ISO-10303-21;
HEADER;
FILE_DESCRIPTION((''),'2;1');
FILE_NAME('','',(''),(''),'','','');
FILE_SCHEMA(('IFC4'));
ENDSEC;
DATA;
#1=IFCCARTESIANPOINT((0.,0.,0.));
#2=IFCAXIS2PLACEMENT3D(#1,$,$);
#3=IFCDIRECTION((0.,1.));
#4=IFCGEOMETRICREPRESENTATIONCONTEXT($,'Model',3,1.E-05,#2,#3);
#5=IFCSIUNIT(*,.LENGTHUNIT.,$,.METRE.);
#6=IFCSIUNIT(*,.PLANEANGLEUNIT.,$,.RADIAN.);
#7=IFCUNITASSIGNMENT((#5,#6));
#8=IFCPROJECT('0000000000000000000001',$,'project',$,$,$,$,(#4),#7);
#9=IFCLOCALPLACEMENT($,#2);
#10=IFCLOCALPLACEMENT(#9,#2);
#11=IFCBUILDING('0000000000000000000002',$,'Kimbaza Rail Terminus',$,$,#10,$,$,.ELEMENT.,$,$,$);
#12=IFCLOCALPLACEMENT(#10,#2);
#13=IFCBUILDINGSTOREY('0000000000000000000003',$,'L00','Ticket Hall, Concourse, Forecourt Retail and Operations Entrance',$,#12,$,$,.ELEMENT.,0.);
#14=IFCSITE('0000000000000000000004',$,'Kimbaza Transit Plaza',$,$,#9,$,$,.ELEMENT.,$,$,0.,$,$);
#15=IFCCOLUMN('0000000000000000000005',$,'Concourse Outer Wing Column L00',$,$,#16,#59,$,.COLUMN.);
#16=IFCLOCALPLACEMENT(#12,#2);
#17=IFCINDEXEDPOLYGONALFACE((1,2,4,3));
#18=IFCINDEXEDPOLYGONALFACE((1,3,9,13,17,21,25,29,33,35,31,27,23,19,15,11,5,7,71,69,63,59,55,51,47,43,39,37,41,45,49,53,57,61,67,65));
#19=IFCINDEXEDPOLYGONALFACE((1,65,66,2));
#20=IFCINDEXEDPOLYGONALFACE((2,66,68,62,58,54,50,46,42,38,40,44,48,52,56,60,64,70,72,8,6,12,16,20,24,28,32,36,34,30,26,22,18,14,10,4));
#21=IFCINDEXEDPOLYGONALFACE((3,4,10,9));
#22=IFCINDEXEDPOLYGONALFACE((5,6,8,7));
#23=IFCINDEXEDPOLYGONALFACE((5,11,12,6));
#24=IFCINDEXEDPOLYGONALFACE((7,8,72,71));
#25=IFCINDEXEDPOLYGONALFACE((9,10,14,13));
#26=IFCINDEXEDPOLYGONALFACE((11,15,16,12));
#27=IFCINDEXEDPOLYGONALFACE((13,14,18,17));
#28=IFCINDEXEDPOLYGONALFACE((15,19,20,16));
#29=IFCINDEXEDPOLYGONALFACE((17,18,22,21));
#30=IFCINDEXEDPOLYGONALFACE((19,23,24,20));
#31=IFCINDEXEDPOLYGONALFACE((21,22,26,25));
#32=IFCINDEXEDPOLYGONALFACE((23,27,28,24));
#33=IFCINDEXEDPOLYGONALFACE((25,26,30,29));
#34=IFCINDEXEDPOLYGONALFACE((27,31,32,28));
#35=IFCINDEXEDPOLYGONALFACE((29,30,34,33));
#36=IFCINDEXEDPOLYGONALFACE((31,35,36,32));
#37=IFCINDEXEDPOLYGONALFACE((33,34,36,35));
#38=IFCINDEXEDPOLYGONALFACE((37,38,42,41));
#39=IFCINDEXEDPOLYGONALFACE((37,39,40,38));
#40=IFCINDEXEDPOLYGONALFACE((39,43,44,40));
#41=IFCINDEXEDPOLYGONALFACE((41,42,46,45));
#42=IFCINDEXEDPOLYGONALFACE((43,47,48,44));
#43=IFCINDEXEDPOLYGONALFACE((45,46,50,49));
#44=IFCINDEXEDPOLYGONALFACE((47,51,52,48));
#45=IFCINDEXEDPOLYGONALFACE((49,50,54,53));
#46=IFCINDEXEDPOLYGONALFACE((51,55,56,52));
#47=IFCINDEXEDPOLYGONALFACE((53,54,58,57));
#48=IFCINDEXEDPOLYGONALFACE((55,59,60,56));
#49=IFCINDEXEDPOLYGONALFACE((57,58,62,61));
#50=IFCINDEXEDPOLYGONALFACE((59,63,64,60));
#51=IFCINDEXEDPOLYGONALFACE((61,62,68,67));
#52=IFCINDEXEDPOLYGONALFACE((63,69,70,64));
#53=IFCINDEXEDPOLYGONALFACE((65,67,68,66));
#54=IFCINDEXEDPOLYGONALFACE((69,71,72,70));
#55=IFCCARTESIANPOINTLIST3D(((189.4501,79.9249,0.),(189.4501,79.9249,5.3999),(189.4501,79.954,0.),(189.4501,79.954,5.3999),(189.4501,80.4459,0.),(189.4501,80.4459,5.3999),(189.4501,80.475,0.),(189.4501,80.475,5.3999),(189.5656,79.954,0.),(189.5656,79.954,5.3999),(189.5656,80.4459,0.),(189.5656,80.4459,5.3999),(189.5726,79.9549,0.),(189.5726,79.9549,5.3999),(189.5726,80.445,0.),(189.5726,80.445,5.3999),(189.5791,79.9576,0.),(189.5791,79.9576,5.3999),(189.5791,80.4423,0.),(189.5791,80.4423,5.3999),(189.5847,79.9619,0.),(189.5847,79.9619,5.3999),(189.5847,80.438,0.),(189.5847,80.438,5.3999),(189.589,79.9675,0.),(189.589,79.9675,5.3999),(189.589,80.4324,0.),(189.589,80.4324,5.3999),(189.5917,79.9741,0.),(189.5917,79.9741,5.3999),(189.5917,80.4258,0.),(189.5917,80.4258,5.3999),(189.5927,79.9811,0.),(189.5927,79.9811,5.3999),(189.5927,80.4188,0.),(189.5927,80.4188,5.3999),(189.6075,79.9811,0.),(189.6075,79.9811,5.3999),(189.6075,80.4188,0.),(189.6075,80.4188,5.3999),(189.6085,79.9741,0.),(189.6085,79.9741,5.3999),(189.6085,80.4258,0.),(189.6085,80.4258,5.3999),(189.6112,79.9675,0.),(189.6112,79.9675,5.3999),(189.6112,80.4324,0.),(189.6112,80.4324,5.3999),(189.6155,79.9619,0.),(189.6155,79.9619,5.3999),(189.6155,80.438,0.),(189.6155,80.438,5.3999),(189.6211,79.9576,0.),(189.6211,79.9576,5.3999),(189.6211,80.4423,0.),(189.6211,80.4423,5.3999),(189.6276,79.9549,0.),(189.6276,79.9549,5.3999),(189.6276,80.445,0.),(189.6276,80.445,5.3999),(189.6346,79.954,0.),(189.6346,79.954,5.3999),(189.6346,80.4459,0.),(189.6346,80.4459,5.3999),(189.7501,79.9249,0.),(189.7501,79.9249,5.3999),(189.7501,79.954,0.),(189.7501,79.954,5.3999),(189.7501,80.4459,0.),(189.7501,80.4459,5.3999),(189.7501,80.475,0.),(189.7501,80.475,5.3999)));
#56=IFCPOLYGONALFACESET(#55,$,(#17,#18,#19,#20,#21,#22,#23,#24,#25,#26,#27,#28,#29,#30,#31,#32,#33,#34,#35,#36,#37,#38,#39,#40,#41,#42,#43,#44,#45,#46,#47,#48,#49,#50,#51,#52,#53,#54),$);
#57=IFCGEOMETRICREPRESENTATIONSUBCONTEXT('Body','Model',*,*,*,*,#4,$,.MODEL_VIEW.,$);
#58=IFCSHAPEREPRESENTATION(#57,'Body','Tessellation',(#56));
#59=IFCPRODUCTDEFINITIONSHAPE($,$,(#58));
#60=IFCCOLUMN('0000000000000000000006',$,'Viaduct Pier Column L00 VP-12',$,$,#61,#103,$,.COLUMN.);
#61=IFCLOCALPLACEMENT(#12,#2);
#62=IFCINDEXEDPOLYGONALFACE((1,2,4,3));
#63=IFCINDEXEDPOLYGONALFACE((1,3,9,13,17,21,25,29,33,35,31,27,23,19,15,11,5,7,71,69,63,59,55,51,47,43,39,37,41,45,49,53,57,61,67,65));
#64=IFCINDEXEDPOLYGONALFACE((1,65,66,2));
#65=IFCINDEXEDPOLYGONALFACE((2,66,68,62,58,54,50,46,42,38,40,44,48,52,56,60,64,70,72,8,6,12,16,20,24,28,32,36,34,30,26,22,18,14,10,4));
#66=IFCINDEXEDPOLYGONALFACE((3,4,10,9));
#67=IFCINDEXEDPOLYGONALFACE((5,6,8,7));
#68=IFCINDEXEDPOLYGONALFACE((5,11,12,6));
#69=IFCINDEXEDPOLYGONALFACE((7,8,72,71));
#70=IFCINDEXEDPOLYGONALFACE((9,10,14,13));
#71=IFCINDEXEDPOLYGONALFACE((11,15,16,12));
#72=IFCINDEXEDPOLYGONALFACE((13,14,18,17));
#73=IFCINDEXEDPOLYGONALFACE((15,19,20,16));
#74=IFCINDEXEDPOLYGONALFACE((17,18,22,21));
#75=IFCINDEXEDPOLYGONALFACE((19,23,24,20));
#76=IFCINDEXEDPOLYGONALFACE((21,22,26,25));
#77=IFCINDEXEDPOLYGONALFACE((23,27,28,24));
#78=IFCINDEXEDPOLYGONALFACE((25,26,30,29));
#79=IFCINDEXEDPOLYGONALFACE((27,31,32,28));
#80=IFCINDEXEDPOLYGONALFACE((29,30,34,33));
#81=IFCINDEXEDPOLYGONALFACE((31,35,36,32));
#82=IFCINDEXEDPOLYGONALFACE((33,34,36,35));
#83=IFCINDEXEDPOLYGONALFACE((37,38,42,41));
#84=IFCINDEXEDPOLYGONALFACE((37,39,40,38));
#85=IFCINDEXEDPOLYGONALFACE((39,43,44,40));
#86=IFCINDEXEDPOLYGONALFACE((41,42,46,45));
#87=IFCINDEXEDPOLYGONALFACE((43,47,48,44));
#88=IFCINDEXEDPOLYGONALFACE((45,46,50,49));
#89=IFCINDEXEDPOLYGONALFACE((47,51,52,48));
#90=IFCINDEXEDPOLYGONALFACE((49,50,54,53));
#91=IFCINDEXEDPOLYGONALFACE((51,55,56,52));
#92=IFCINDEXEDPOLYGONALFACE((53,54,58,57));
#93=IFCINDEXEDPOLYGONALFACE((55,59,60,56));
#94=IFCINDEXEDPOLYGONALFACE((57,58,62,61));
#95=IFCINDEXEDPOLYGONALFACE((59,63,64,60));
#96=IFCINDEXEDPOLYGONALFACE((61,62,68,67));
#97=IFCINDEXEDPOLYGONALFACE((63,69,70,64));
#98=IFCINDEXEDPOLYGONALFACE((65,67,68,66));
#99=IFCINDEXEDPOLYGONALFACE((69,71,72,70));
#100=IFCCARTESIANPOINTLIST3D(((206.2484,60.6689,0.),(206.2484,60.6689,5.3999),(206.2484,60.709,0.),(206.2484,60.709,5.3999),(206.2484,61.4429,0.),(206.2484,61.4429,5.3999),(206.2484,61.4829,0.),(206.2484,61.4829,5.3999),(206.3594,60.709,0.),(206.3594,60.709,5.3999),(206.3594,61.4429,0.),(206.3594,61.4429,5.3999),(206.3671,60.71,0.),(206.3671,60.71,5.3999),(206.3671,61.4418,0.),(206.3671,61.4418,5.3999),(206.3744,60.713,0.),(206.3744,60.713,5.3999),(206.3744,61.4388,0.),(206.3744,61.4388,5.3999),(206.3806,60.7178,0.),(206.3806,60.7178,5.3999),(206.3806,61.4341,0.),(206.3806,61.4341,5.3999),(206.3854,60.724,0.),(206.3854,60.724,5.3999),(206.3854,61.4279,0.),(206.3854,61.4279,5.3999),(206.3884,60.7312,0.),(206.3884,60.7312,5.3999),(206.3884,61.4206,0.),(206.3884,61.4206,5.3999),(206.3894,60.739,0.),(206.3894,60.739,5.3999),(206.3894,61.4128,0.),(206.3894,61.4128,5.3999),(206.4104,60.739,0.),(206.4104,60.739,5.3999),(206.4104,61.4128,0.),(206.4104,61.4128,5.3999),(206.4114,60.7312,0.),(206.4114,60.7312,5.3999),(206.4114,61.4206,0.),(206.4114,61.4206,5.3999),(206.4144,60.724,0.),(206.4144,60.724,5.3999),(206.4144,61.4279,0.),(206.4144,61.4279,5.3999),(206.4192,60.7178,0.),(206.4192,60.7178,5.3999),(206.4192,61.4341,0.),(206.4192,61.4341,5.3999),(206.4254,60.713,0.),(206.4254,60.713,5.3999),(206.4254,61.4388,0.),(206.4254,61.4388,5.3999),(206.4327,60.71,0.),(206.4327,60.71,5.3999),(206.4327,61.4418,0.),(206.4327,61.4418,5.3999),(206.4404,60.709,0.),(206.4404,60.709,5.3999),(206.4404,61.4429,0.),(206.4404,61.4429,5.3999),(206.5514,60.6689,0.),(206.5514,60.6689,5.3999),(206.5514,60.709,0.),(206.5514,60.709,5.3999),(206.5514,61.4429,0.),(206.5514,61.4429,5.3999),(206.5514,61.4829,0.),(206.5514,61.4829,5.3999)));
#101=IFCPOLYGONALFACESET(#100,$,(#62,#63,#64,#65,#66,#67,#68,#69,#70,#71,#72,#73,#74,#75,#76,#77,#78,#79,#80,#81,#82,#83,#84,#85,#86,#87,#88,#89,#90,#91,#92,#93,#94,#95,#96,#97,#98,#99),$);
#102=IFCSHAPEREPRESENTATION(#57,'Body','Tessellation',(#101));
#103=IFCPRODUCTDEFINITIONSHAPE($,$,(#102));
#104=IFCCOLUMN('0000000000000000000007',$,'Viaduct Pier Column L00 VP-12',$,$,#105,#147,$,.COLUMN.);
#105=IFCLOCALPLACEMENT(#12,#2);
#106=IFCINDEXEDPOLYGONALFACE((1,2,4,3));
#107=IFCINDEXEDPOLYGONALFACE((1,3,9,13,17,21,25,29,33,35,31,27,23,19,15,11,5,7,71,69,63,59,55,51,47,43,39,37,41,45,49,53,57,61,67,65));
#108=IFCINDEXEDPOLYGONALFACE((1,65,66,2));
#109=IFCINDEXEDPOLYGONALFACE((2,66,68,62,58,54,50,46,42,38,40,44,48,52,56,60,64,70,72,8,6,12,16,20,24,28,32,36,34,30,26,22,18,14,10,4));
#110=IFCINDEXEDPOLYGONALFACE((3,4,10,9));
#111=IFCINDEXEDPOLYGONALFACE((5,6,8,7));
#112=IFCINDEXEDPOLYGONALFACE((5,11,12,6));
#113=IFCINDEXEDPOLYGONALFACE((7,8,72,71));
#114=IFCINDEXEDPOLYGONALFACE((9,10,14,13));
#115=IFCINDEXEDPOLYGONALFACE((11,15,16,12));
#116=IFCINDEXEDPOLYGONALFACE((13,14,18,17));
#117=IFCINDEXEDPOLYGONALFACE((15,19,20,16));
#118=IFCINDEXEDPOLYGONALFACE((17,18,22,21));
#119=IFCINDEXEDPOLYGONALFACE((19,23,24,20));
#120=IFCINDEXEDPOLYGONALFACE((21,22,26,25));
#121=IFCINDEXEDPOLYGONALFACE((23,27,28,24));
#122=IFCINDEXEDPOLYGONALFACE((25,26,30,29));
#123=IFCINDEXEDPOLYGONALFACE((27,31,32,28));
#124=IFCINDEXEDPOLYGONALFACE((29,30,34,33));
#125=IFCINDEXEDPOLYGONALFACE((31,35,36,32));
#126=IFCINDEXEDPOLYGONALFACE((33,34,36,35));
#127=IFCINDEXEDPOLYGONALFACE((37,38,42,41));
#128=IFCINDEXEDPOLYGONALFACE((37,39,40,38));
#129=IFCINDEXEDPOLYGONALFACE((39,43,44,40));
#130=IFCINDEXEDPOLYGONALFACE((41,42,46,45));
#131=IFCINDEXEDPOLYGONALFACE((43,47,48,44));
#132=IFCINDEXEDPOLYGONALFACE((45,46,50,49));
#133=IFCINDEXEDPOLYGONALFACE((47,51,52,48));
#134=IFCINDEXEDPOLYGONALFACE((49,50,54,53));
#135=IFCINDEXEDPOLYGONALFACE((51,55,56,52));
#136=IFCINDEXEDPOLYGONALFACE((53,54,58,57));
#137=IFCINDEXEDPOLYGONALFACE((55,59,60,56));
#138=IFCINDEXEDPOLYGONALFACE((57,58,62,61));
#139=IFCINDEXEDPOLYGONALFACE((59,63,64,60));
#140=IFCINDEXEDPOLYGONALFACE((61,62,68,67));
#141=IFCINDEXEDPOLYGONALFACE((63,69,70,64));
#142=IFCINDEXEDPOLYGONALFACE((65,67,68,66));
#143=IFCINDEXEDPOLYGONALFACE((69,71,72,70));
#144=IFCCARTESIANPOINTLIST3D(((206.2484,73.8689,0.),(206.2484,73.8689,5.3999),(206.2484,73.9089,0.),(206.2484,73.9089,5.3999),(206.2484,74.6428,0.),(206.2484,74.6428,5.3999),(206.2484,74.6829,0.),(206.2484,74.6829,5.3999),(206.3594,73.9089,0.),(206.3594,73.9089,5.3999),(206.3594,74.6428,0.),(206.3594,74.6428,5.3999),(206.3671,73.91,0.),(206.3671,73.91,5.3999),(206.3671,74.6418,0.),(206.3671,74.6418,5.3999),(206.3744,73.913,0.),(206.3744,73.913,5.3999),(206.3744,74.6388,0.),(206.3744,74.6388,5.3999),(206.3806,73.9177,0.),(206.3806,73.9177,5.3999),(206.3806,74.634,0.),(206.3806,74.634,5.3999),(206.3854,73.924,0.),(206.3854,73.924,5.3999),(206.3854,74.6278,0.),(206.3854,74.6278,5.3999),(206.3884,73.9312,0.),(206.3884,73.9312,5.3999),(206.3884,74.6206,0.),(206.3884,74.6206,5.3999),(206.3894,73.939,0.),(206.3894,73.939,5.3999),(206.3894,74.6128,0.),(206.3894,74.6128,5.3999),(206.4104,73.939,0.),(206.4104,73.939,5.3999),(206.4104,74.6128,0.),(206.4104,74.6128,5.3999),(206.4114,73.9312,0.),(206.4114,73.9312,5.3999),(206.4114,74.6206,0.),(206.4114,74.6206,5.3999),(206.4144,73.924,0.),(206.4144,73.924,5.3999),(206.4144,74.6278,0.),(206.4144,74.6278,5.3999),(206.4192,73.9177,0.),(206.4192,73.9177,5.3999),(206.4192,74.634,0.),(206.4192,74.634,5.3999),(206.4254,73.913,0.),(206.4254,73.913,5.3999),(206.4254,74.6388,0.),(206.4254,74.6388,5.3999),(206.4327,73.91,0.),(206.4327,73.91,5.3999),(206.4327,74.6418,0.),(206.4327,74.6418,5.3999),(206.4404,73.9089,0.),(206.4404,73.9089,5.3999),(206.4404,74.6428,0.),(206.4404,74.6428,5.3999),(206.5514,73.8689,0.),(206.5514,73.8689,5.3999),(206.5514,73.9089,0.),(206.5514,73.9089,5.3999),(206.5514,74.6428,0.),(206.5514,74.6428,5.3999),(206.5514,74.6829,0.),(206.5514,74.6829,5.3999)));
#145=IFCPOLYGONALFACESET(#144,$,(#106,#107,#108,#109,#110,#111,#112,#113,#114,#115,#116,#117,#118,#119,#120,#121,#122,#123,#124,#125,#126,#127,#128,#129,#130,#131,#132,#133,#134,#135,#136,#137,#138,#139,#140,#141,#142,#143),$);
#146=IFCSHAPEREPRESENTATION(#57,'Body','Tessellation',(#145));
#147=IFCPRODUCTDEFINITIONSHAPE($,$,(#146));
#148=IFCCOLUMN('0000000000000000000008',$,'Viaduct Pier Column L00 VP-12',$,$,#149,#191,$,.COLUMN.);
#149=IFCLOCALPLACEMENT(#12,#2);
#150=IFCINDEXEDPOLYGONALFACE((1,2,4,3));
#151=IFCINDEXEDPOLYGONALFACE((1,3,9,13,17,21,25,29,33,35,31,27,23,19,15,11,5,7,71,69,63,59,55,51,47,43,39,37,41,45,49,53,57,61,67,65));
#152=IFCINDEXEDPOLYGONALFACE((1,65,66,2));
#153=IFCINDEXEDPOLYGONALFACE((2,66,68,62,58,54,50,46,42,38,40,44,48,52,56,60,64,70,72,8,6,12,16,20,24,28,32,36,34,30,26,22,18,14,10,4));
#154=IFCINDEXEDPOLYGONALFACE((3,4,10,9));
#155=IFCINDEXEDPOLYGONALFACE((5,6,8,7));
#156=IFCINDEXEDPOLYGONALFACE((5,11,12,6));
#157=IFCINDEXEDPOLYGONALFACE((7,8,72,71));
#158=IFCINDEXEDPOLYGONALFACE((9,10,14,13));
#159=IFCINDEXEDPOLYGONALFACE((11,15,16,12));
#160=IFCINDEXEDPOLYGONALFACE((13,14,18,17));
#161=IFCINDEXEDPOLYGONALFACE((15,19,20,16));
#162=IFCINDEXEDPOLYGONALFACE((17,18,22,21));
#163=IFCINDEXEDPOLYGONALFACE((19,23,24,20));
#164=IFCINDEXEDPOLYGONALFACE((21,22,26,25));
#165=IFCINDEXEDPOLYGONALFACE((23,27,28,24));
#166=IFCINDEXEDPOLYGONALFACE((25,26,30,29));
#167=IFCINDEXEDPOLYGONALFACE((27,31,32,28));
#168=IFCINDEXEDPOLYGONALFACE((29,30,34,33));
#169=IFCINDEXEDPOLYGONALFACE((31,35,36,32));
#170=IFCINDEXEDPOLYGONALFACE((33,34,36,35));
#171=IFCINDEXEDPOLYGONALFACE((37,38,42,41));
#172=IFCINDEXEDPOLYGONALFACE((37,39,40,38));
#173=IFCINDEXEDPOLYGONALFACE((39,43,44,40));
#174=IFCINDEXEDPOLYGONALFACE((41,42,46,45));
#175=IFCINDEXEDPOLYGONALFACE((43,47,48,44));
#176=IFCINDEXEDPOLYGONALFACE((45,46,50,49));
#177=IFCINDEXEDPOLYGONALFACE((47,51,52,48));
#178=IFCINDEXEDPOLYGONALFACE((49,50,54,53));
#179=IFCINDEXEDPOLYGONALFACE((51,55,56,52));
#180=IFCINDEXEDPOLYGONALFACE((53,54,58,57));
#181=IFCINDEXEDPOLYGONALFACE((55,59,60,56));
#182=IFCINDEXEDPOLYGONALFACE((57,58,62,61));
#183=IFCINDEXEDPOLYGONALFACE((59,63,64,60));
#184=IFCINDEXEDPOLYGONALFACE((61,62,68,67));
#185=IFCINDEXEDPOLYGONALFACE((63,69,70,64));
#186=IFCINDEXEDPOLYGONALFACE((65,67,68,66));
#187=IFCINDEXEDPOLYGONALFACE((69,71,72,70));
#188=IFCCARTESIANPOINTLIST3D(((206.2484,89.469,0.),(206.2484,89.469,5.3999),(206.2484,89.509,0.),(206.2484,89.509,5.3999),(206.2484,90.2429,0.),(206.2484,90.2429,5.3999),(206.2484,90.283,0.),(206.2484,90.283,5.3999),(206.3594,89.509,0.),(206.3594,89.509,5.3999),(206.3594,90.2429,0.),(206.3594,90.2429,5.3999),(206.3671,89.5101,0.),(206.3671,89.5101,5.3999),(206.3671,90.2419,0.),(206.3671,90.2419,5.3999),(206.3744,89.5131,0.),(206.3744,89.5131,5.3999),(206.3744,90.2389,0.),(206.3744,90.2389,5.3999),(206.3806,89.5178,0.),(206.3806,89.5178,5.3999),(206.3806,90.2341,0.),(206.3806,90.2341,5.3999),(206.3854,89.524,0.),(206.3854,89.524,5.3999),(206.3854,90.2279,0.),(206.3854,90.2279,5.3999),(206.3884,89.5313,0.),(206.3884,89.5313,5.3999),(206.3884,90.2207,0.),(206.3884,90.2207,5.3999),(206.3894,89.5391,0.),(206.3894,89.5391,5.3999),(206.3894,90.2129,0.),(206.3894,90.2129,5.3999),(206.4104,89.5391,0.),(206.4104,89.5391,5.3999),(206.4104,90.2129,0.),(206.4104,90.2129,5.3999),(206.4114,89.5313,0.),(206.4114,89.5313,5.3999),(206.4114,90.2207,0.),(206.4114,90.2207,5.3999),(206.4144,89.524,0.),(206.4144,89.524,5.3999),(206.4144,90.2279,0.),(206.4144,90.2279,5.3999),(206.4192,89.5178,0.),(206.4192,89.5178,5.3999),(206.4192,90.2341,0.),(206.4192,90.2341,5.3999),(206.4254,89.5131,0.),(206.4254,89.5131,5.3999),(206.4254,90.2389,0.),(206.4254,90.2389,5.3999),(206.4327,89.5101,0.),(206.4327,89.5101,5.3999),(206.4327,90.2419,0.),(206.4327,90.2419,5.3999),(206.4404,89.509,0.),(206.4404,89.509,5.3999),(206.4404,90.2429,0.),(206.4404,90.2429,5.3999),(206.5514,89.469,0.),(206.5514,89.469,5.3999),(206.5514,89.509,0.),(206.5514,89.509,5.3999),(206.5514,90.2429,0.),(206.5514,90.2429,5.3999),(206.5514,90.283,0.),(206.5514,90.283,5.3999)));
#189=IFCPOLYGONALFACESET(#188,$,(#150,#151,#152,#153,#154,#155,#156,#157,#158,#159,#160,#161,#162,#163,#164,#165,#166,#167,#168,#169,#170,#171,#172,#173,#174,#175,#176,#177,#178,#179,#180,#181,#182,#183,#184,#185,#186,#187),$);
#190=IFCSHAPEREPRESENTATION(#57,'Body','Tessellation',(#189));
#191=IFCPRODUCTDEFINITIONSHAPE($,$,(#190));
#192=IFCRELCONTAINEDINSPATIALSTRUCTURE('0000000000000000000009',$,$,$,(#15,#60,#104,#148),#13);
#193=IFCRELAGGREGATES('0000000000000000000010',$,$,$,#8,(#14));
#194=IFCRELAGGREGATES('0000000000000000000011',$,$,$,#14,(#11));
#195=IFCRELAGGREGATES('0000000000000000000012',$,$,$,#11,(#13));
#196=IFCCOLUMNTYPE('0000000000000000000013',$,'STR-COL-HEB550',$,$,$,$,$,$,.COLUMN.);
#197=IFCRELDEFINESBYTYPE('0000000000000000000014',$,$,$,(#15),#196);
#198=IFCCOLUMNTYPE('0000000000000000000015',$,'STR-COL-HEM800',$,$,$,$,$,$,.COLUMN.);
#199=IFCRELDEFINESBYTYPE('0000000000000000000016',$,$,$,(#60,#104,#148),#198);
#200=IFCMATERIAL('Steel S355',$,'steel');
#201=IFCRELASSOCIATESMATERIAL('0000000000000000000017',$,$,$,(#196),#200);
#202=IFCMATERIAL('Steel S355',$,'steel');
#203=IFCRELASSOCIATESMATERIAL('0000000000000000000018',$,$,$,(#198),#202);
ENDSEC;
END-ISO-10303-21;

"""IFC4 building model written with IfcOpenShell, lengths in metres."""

from ifc_helpers import new_model, si_unit, direction, frame, origin, origin_2d, place, context, subcontext, project, spatial, i_section, extrude, material, material_profile, profile_set, type_object, element, save


model = new_model("IFC4")

# Units and contexts
model_context = context("Model", 3, precision=1e-05, world=origin(), true_north=direction((0.0, 1.0)))
body_context = subcontext(model_context, "Body", "Model", "MODEL_VIEW")
ifc_project = project(units=[si_unit("LENGTHUNIT", "METRE"), si_unit("PLANEANGLEUNIT", "RADIAN")], contexts=[model_context])

# Site, building, storey
site_placement = place(None, origin())
site = spatial("IfcSite", under=ifc_project, at=site_placement, Name="Kimbaza Transit Plaza", CompositionType="ELEMENT", RefElevation=0.0)
building_placement = place(site_placement, origin())
building = spatial("IfcBuilding", under=site, at=building_placement, Name="Kimbaza Rail Terminus", CompositionType="ELEMENT")
storey_placement = place(building_placement, origin())
storey = spatial("IfcBuildingStorey", under=building, at=storey_placement, Name="L00", Description="Ticket Hall, Concourse, Forecourt Retail and Operations Entrance", CompositionType="ELEMENT", Elevation=0.0)

# Columns
ifc_material_1 = material(Name="Steel S355", Category="steel")
ifc_material_profile_1 = material_profile(ifc_material_1, i_section(OverallWidth=0.3, OverallDepth=0.55, WebThickness=0.0149, FlangeThickness=0.0291, FilletRadius=0.0271, at=origin_2d()), Name="HEB 550")
ifc_profile_set_1 = profile_set([ifc_material_profile_1], Name="Steel S355")
column_type_1 = type_object("IfcColumnType", Name="STR-COL-HEB550", PredefinedType="COLUMN", material=ifc_profile_set_1)
column_placement = place(storey_placement, frame((189.6001, 80.2, 0.0), z_axis=(0.0, 0.0, 1.0), x_axis=(1.0, 0.0, 0.0)))
element("IfcColumn", 1, at=column_placement, inside=storey, type_object=column_type_1, Name="Concourse Outer Wing Column L00", PredefinedType="COLUMN", context=body_context, shape_type="SweptSolid", body=[
    extrude(i_section(OverallWidth=0.3, OverallDepth=0.55, WebThickness=0.0149, FlangeThickness=0.0291, FilletRadius=0.0271, at=origin_2d()), origin(), (0.0, 0.0, 1.0), 5.3999),
])
ifc_material_2 = material(Name="Steel S355", Category="steel")
ifc_material_profile_2 = material_profile(ifc_material_2, i_section(OverallWidth=0.303, OverallDepth=0.814, WebThickness=0.021, FlangeThickness=0.04, FilletRadius=0.03, at=origin_2d()), Name="HEM 800")
ifc_profile_set_2 = profile_set([ifc_material_profile_2], Name="Steel S355")
column_type_2 = type_object("IfcColumnType", Name="STR-COL-HEM800", PredefinedType="COLUMN", material=ifc_profile_set_2)
for number, where, z_axis, x_axis, name in (
    (2, (206.3999, 61.0759, 0.0), (0.0, 0.0, 1.0), (1.0, 0.0, 0.0), "Viaduct Pier Column L00 VP-12"),
    (3, (206.3999, 74.2759, 0.0), (0.0, 0.0, 1.0), (1.0, 0.0, 0.0), "Viaduct Pier Column L00 VP-12"),
    (4, (206.3999, 89.876, 0.0), (0.0, 0.0, 1.0), (1.0, 0.0, 0.0), "Viaduct Pier Column L00 VP-12"),
):
    element("IfcColumn", number, at=place(storey_placement, frame(where, z_axis=z_axis, x_axis=x_axis)), inside=storey, type_object=column_type_2, Name=name, PredefinedType="COLUMN", context=body_context, shape_type="SweptSolid", body=[
        extrude(i_section(OverallWidth=0.303, OverallDepth=0.814, WebThickness=0.021, FlangeThickness=0.04, FilletRadius=0.03, at=origin_2d()), origin(), (0.0, 0.0, 1.0), 5.3999),
    ])

save(model, "model.ifc")
